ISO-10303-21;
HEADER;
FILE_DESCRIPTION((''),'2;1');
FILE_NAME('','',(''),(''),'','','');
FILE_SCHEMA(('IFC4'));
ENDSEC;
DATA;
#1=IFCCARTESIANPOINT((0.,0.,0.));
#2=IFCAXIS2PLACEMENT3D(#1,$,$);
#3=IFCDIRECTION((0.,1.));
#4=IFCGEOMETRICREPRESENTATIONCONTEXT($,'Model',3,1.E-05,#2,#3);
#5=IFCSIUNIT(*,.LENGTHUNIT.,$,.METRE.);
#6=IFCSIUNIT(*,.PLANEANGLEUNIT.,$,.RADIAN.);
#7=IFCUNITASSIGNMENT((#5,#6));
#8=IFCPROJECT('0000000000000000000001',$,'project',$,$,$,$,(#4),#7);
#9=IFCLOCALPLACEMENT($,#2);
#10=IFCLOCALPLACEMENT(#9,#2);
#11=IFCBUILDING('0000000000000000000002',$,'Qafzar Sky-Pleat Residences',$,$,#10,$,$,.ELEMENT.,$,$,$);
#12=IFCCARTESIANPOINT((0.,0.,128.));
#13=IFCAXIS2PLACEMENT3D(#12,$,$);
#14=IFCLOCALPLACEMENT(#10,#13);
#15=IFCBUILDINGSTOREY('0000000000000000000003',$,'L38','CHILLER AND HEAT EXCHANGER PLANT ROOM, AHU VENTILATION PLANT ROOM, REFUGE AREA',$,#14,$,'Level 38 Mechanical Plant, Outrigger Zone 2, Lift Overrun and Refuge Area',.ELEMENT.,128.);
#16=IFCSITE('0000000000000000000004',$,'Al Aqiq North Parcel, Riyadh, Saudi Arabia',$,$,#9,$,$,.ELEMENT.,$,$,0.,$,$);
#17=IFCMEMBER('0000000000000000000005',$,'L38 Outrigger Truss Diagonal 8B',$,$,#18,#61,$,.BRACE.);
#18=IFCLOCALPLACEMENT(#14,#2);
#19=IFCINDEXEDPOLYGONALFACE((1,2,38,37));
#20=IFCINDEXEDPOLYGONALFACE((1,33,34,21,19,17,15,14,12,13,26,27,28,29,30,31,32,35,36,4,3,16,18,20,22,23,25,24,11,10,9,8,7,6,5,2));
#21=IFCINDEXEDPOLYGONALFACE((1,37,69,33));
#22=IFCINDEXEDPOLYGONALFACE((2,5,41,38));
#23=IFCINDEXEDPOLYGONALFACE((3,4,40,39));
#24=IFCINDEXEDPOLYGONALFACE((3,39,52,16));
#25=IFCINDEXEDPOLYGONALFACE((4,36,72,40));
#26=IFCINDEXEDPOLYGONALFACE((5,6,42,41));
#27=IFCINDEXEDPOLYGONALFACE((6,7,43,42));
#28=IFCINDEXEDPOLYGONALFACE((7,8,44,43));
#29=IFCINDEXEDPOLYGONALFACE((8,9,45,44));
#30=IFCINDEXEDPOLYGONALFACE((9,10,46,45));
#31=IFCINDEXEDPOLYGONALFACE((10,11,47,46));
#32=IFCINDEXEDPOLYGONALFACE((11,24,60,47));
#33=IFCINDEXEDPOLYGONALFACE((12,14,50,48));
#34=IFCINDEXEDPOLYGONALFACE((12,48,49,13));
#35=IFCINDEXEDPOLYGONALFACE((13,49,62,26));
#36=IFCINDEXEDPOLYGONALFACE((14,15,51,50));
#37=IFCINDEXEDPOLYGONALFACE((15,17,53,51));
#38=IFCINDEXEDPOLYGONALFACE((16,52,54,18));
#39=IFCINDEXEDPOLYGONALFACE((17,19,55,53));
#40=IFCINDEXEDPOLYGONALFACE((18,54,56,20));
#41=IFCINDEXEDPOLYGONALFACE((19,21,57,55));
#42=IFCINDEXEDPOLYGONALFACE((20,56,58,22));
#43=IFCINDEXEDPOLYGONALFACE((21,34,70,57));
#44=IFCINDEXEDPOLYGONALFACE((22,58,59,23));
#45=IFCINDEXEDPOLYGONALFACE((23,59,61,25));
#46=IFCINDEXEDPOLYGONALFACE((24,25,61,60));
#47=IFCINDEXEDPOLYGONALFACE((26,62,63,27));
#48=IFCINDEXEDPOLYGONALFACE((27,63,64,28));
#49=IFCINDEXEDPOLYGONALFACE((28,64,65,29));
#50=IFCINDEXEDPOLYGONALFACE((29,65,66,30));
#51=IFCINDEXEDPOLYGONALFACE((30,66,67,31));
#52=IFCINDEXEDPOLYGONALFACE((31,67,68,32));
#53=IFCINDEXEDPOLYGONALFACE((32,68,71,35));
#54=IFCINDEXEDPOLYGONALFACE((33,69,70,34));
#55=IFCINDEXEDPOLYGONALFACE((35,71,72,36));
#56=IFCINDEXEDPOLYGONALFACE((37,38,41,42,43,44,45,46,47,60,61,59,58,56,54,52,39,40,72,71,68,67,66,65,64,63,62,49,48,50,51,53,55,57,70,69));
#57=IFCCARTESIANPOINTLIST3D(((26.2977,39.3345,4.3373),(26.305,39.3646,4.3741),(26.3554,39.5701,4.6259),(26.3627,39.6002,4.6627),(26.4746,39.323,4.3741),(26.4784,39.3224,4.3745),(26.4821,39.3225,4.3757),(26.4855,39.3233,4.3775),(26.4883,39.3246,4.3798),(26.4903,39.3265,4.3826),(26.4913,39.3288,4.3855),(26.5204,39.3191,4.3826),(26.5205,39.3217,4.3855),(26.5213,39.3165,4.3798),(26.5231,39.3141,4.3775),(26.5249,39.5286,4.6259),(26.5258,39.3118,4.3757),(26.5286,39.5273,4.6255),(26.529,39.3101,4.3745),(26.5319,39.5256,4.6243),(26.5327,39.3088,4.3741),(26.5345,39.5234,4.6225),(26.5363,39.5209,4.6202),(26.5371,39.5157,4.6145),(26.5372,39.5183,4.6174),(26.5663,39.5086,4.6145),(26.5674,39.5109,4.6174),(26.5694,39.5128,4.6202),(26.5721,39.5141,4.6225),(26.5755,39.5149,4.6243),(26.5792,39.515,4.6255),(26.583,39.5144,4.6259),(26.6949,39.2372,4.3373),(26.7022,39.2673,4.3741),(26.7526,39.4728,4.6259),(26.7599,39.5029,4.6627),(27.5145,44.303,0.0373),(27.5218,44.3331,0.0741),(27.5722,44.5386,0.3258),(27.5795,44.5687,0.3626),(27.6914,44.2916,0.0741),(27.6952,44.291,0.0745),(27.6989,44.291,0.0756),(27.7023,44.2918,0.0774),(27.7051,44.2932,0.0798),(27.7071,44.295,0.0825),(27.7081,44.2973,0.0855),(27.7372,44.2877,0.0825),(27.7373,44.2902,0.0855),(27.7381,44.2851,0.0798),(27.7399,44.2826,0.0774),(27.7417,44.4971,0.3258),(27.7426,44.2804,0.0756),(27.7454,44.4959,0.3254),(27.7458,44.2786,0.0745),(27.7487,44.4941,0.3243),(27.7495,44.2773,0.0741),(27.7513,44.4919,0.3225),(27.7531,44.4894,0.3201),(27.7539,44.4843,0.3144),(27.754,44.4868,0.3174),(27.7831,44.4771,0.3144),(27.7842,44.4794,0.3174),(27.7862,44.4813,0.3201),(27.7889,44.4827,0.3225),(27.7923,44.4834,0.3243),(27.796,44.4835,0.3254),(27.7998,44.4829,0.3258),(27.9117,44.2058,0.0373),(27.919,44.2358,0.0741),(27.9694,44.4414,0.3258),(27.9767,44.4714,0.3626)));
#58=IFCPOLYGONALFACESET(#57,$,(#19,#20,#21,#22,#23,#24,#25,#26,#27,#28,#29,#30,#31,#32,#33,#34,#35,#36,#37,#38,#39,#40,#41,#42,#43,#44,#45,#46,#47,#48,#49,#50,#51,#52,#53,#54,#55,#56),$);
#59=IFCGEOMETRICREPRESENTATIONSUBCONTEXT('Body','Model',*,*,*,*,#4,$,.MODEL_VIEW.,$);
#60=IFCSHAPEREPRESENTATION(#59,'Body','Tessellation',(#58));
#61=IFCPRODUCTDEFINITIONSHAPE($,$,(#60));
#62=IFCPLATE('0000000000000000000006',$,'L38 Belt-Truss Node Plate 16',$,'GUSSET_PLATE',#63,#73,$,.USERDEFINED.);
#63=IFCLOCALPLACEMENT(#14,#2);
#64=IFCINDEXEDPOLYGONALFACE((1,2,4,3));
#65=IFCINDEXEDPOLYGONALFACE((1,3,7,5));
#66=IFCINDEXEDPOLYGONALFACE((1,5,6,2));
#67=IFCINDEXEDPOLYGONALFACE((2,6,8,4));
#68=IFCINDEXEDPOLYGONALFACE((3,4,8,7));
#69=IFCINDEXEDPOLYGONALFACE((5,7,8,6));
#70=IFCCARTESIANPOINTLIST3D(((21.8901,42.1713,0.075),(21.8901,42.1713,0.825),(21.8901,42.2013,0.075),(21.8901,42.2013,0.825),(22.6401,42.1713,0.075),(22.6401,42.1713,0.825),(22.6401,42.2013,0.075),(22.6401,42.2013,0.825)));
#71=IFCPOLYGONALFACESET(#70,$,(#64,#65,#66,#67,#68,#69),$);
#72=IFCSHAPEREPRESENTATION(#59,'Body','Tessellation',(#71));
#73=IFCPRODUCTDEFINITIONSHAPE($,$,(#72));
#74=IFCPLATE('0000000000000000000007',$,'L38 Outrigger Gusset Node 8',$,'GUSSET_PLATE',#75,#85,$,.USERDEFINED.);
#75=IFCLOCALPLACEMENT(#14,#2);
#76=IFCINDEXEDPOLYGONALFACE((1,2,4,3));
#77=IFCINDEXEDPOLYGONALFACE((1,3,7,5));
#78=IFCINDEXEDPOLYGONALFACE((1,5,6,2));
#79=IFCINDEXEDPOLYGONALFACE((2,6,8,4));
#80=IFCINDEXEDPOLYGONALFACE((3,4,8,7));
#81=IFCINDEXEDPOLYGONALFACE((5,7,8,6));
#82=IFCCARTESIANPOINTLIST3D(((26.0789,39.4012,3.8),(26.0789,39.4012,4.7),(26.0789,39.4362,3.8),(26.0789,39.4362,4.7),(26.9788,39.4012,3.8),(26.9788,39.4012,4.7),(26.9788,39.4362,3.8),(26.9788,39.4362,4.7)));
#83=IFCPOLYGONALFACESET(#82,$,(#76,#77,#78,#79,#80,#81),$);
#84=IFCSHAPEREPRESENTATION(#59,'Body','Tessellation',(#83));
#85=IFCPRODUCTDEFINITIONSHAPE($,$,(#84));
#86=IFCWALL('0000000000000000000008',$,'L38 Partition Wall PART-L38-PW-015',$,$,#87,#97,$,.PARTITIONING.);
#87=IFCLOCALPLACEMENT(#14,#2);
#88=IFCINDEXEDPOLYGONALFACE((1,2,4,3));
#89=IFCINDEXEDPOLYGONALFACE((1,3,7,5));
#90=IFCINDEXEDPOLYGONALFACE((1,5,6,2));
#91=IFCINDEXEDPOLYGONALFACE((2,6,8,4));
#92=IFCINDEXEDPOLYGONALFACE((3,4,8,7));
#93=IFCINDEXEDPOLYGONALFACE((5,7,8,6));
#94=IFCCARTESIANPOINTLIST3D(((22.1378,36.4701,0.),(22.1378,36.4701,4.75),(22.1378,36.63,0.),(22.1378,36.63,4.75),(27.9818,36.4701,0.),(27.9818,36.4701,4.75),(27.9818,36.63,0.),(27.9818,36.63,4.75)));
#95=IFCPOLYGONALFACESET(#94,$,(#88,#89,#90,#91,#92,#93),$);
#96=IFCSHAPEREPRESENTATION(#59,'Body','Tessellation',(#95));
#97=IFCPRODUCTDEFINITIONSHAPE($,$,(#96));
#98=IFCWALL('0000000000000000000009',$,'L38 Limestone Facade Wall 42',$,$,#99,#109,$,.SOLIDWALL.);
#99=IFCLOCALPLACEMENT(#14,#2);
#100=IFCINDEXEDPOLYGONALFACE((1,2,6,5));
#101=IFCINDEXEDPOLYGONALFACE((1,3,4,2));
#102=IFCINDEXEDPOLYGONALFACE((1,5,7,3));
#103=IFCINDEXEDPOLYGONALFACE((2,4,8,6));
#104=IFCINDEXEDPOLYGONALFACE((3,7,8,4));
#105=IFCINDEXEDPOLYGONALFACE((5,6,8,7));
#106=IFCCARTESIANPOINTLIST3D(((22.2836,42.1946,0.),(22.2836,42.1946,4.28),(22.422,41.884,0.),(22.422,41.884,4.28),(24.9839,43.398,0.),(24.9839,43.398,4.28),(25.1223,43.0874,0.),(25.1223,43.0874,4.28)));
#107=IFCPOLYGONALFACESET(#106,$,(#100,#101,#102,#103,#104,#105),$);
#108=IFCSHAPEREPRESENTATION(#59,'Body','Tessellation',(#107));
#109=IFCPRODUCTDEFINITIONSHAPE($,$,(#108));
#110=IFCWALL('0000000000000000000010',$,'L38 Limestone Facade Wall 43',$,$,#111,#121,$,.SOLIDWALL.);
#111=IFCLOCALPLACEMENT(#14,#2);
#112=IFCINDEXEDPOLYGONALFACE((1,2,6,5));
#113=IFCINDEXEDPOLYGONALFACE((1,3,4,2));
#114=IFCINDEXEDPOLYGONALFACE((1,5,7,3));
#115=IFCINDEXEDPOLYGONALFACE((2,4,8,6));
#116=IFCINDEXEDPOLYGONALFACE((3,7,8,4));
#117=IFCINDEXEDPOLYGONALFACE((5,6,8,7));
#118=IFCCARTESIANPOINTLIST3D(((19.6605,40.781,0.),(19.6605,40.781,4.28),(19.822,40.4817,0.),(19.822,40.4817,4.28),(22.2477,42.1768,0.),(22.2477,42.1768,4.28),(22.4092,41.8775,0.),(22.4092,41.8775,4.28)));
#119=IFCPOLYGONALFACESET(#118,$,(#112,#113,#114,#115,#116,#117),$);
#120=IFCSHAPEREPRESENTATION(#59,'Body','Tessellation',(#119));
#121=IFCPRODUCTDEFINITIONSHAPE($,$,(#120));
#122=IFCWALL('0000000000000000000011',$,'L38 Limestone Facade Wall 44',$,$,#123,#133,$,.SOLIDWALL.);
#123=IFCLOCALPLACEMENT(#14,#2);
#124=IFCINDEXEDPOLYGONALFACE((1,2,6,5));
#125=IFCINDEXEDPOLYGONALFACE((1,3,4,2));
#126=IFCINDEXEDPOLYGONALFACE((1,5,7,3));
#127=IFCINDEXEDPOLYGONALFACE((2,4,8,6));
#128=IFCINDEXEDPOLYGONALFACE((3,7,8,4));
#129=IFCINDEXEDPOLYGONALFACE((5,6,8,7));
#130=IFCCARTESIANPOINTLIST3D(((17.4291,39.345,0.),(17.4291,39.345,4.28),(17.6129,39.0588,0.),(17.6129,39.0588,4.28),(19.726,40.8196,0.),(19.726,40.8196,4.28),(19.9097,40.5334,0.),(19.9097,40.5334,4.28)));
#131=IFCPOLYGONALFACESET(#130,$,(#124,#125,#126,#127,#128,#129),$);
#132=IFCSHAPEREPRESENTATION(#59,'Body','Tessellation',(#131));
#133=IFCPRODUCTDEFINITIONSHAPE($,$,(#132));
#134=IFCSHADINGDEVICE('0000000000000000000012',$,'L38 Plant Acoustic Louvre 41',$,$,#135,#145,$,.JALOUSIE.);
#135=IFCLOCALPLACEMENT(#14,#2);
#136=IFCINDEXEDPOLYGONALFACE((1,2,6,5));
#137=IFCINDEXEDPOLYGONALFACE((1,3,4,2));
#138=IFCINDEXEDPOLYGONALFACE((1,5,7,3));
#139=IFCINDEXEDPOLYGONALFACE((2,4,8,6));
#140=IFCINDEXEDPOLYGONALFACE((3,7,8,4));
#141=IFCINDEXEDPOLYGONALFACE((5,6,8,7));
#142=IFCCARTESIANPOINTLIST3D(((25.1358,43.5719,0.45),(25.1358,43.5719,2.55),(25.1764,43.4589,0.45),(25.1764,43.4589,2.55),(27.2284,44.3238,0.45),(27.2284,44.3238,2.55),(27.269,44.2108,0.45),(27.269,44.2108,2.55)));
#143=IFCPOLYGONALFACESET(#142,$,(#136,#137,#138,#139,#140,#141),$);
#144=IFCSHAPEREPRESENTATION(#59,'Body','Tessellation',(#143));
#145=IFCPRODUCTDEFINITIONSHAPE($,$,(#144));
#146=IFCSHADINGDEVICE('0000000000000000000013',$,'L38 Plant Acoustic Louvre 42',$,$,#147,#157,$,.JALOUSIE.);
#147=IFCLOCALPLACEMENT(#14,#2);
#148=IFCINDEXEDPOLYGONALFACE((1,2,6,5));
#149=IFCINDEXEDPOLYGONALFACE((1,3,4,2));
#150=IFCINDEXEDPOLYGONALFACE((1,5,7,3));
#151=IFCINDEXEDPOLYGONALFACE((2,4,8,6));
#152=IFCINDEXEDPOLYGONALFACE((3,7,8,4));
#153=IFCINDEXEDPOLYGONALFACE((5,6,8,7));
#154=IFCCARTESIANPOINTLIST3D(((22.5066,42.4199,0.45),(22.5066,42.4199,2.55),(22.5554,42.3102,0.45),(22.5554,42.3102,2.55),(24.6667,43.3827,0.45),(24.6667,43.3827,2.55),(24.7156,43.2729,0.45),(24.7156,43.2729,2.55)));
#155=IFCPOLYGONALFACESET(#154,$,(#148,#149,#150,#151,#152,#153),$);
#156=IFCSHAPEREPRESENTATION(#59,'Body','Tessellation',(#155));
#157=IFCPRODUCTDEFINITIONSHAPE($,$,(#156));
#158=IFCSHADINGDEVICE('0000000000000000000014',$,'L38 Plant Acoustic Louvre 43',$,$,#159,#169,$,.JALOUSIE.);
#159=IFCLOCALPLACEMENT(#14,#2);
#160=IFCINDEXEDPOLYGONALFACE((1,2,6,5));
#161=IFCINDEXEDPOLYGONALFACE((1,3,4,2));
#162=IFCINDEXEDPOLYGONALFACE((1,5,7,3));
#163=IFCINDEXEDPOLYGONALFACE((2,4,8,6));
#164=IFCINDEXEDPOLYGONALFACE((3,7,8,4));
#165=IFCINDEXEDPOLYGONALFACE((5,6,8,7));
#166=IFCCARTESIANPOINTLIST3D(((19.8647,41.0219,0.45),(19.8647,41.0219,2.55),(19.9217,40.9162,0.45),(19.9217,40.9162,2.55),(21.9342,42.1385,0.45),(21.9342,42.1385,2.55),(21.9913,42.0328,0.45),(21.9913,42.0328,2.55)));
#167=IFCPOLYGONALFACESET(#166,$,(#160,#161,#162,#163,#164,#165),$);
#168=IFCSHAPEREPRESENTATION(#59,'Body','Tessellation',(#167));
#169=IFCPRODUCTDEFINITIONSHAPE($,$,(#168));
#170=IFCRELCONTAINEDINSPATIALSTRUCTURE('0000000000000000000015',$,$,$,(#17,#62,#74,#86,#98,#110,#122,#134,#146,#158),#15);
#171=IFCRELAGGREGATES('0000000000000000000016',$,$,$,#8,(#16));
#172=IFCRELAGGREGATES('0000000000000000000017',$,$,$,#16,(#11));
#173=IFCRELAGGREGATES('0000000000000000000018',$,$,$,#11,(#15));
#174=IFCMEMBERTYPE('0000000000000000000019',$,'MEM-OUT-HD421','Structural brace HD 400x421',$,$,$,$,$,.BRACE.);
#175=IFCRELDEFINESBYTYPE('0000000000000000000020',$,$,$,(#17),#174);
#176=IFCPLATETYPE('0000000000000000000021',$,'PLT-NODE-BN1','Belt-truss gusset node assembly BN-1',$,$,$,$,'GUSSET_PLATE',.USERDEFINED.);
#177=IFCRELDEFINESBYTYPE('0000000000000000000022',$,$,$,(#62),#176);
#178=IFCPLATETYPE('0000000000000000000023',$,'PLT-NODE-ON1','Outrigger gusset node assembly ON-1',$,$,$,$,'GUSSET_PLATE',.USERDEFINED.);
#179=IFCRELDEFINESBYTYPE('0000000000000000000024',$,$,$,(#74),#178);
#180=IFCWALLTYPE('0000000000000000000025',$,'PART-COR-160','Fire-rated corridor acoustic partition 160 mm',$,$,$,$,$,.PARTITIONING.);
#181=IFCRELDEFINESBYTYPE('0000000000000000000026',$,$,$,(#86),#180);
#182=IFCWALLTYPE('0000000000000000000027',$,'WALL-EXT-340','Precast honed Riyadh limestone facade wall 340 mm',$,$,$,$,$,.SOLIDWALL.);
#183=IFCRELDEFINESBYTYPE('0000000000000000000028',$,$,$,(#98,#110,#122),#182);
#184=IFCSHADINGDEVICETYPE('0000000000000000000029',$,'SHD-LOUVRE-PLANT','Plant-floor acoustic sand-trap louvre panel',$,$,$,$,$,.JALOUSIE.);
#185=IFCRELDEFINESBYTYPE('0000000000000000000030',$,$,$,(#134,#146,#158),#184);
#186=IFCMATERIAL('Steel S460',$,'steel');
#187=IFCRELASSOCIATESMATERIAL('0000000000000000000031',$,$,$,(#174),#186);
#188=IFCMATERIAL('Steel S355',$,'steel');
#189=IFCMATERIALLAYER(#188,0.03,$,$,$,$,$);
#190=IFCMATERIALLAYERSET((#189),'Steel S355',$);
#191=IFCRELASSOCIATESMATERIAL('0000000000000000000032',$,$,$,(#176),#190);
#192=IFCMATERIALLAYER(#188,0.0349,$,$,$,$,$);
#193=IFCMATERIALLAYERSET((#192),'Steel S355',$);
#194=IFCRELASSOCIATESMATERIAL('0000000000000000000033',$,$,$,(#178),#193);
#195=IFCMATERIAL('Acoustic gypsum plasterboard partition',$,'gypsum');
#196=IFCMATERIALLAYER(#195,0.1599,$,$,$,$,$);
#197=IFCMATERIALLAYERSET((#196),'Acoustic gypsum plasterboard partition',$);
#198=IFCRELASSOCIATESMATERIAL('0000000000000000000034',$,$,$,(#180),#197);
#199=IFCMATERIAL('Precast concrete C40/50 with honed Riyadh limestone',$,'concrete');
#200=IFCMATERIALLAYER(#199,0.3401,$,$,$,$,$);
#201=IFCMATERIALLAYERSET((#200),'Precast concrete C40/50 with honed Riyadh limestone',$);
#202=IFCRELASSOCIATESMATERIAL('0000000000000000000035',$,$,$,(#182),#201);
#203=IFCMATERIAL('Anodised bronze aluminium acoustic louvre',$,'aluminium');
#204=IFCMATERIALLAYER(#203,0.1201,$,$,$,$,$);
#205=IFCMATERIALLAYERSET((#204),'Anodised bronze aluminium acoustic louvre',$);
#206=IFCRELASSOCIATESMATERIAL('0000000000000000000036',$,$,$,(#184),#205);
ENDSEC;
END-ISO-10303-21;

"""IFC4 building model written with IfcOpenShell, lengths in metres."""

from ifc_helpers import new_model, si_unit, direction, frame, frame_2d, origin, origin_2d, place, context, subcontext, project, spatial, rectangle, i_section, extrude, source, transform, mapped, material, layer, layer_set, material_profile, profile_set, type_object, element, save


model = new_model("IFC4")

# Units and contexts
model_context = context("Model", 3, precision=1e-05, world=origin(), true_north=direction((0.0, 1.0)))
body_context = subcontext(model_context, "Body", "Model", "MODEL_VIEW")
ifc_project = project(units=[si_unit("LENGTHUNIT", "METRE"), si_unit("PLANEANGLEUNIT", "RADIAN")], contexts=[model_context])

# Site, building, storey
site_placement = place(None, origin())
site = spatial("IfcSite", under=ifc_project, at=site_placement, Name="Al Aqiq North Parcel, Riyadh, Saudi Arabia", CompositionType="ELEMENT", RefElevation=0.0)
building_placement = place(site_placement, origin())
building = spatial("IfcBuilding", under=site, at=building_placement, Name="Qafzar Sky-Pleat Residences", CompositionType="ELEMENT")
storey_placement = place(building_placement, frame((0.0, 0.0, 128.0)))
storey = spatial("IfcBuildingStorey", under=building, at=storey_placement, Name="L38", Description="CHILLER AND HEAT EXCHANGER PLANT ROOM, AHU VENTILATION PLANT ROOM, REFUGE AREA", LongName="Level 38 Mechanical Plant, Outrigger Zone 2, Lift Overrun and Refuge Area", CompositionType="ELEMENT", Elevation=128.0)

# Shared definitions
ifc_material_1 = material(Name="Steel S460", Category="steel")

# Shared definitions
ifc_material_2 = material(Name="Steel S355", Category="steel")

# Member
ifc_material_profile_1 = material_profile(ifc_material_1, i_section(OverallWidth=0.4089, OverallDepth=0.425, WebThickness=0.03, FlangeThickness=0.0481, FilletRadius=0.0149, at=origin_2d()), Name="HD 400x421")
ifc_profile_set_1 = profile_set([ifc_material_profile_1], Name="Steel S460")
member_type_1 = type_object("IfcMemberType", Name="MEM-OUT-HD421", Description="Structural brace HD 400x421", PredefinedType="BRACE", material=ifc_profile_set_1)
shared_shape_1 = source(origin(), body_context, "Body", "SweptSolid", [
    extrude(i_section(OverallWidth=0.4089, OverallDepth=0.425, WebThickness=0.03, FlangeThickness=0.0481, FilletRadius=0.0149, at=origin_2d()), origin(), (0.0, 0.0, 1.0), 6.6826),
])
for number, where, z_axis, x_axis, name in (
    (1, (26.5288, 39.4187, 4.5), (0.182085, 0.7435, -0.64347), (-0.971296, 0.237872, 0.0), "L38 Outrigger Truss Diagonal 8B"),
):
    element("IfcMember", number, at=place(storey_placement, frame(where, z_axis=z_axis, x_axis=x_axis)), inside=storey, type_object=member_type_1, Name=name, PredefinedType="BRACE", context=body_context, shape_type="MappedRepresentation", body=[
        mapped(shared_shape_1, transform((0.0, 0.0, 0.0), x_axis=(1.0, 0.0, 0.0), y_axis=(0.0, 1.0, 0.0), z_axis=(0.0, 0.0, 1.0), scale=1.0)),
    ])

# Plates
ifc_layer_1 = layer(ifc_material_2, 0.03)
ifc_layer_set_1 = layer_set([ifc_layer_1], Name="Steel S355")
plate_type_1 = type_object("IfcPlateType", Name="PLT-NODE-BN1", Description="Belt-truss gusset node assembly BN-1", ElementType="GUSSET_PLATE", PredefinedType="USERDEFINED", material=ifc_layer_set_1)
shared_shape_2 = source(origin(), body_context, "Body", "SweptSolid", [
    extrude(rectangle(XDim=0.75, YDim=0.03, at=origin_2d()), origin(), (0.0, 0.0, 1.0), 0.75),
])
plate_1_placement = place(storey_placement, frame((22.2651, 42.1863, 0.075), z_axis=(0.0, 0.0, 1.0), x_axis=(1.0, 0.0, 0.0)))
element("IfcPlate", 2, at=plate_1_placement, inside=storey, type_object=plate_type_1, Name="L38 Belt-Truss Node Plate 16", ObjectType="GUSSET_PLATE", PredefinedType="USERDEFINED", context=body_context, shape_type="MappedRepresentation", body=[
    mapped(shared_shape_2, transform((0.0, 0.0, 0.0), x_axis=(1.0, 0.0, 0.0), y_axis=(0.0, 1.0, 0.0), z_axis=(0.0, 0.0, 1.0), scale=1.0)),
])
ifc_layer_2 = layer(ifc_material_2, 0.0349)
ifc_layer_set_2 = layer_set([ifc_layer_2], Name="Steel S355")
plate_type_2 = type_object("IfcPlateType", Name="PLT-NODE-ON1", Description="Outrigger gusset node assembly ON-1", ElementType="GUSSET_PLATE", PredefinedType="USERDEFINED", material=ifc_layer_set_2)
shared_shape_3 = source(origin(), body_context, "Body", "SweptSolid", [
    extrude(rectangle(XDim=0.8999, YDim=0.0349, at=origin_2d()), origin(), (0.0, 0.0, 1.0), 0.8999),
])
plate_2_placement = place(storey_placement, frame((26.5288, 39.4187, 3.8), z_axis=(0.0, 0.0, 1.0), x_axis=(1.0, 0.0, 0.0)))
element("IfcPlate", 3, at=plate_2_placement, inside=storey, type_object=plate_type_2, Name="L38 Outrigger Gusset Node 8", ObjectType="GUSSET_PLATE", PredefinedType="USERDEFINED", context=body_context, shape_type="MappedRepresentation", body=[
    mapped(shared_shape_3, transform((0.0, 0.0, 0.0), x_axis=(1.0, 0.0, 0.0), y_axis=(0.0, 1.0, 0.0), z_axis=(0.0, 0.0, 1.0), scale=1.0)),
])

# Walls
ifc_material_3 = material(Name="Acoustic gypsum plasterboard partition", Category="gypsum")
ifc_layer_3 = layer(ifc_material_3, 0.1599)
ifc_layer_set_3 = layer_set([ifc_layer_3], Name="Acoustic gypsum plasterboard partition")
wall_type_1 = type_object("IfcWallType", Name="PART-COR-160", Description="Fire-rated corridor acoustic partition 160 mm", PredefinedType="PARTITIONING", material=ifc_layer_set_3)
wall_1_placement = place(storey_placement, frame((22.1379, 36.55, 0.0), z_axis=(0.0, 0.0, 1.0), x_axis=(1.0, 0.0, 0.0)))
element("IfcWall", 4, at=wall_1_placement, inside=storey, type_object=wall_type_1, Name="L38 Partition Wall PART-L38-PW-015", PredefinedType="PARTITIONING", context=body_context, shape_type="SweptSolid", body=[
    extrude(rectangle(XDim=5.844, YDim=0.1599, at=frame_2d((2.9219, 0.0))), origin(), (0.0, 0.0, 1.0), 4.75),
])
ifc_material_4 = material(Name="Precast concrete C40/50 with honed Riyadh limestone", Category="concrete")
ifc_layer_4 = layer(ifc_material_4, 0.3401)
ifc_layer_set_4 = layer_set([ifc_layer_4], Name="Precast concrete C40/50 with honed Riyadh limestone")
wall_type_2 = type_object("IfcWallType", Name="WALL-EXT-340", Description="Precast honed Riyadh limestone facade wall 340 mm", PredefinedType="SOLIDWALL", material=ifc_layer_set_4)
wall_2_placement = place(storey_placement, frame((25.053, 43.2427, 0.0), z_axis=(0.0, 0.0, 1.0), x_axis=(-0.913399, -0.407065, 0.0)))
element("IfcWall", 5, at=wall_2_placement, inside=storey, type_object=wall_type_2, Name="L38 Limestone Facade Wall 42", PredefinedType="SOLIDWALL", context=body_context, shape_type="SweptSolid", body=[
    extrude(rectangle(XDim=2.9563, YDim=0.3401, at=frame_2d((1.478, 0.0))), origin(), (0.0, 0.0, 1.0), 4.28),
])
wall_3_placement = place(storey_placement, frame((22.3284, 42.0271, 0.0), z_axis=(0.0, 0.0, 1.0), x_axis=(-0.880092, -0.474803, 0.0)))
element("IfcWall", 6, at=wall_3_placement, inside=storey, type_object=wall_type_2, Name="L38 Limestone Facade Wall 43", PredefinedType="SOLIDWALL", context=body_context, shape_type="SweptSolid", body=[
    extrude(rectangle(XDim=2.9397, YDim=0.3401, at=frame_2d((1.4697, 0.0))), origin(), (0.0, 0.0, 1.0), 4.28),
])
wall_4_placement = place(storey_placement, frame((19.8179, 40.6765, 0.0), z_axis=(0.0, 0.0, 1.0), x_axis=(-0.841504, -0.540251, 0.0)))
element("IfcWall", 7, at=wall_4_placement, inside=storey, type_object=wall_type_2, Name="L38 Limestone Facade Wall 44", PredefinedType="SOLIDWALL", context=body_context, shape_type="SweptSolid", body=[
    extrude(rectangle(XDim=2.7295, YDim=0.3401, at=frame_2d((1.3647, 0.0))), origin(), (0.0, 0.0, 1.0), 4.28),
])

# Shading devices
ifc_material_5 = material(Name="Anodised bronze aluminium acoustic louvre", Category="aluminium")
ifc_layer_5 = layer(ifc_material_5, 0.1201)
ifc_layer_set_5 = layer_set([ifc_layer_5], Name="Anodised bronze aluminium acoustic louvre")
shading_device_type = type_object("IfcShadingDeviceType", Name="SHD-LOUVRE-PLANT", Description="Plant-floor acoustic sand-trap louvre panel", PredefinedType="JALOUSIE", material=ifc_layer_set_5)
shared_shape_4 = source(origin(), body_context, "Body", "SweptSolid", [
    extrude(rectangle(XDim=2.2236, YDim=0.1201, at=origin_2d()), origin(), (0.0, 0.0, 1.0), 2.1001),
])
shading_device_1_placement = place(storey_placement, frame((26.2024, 43.8914, 0.45), z_axis=(0.0, 0.0, 1.0), x_axis=(-0.941092, -0.33815, 0.0)))
element("IfcShadingDevice", 8, at=shading_device_1_placement, inside=storey, type_object=shading_device_type, Name="L38 Plant Acoustic Louvre 41", PredefinedType="JALOUSIE", context=body_context, shape_type="MappedRepresentation", body=[
    mapped(shared_shape_4, transform((0.0, 0.0, 0.0), x_axis=(1.0, 0.0, 0.0), y_axis=(0.0, 1.0, 0.0), z_axis=(0.0, 0.0, 1.0), scale=1.0)),
])
shared_shape_5 = source(origin(), body_context, "Body", "SweptSolid", [
    extrude(rectangle(XDim=2.365, YDim=0.1201, at=origin_2d()), origin(), (0.0, 0.0, 1.0), 2.1001),
])
shading_device_2_placement = place(storey_placement, frame((23.6111, 42.8464, 0.45), z_axis=(0.0, 0.0, 1.0), x_axis=(-0.913395, -0.407074, 0.0)))
element("IfcShadingDevice", 9, at=shading_device_2_placement, inside=storey, type_object=shading_device_type, Name="L38 Plant Acoustic Louvre 42", PredefinedType="JALOUSIE", context=body_context, shape_type="MappedRepresentation", body=[
    mapped(shared_shape_5, transform((0.0, 0.0, 0.0), x_axis=(1.0, 0.0, 0.0), y_axis=(0.0, 1.0, 0.0), z_axis=(0.0, 0.0, 1.0), scale=1.0)),
])
shared_shape_6 = source(origin(), body_context, "Body", "SweptSolid", [
    extrude(rectangle(XDim=2.3516, YDim=0.1201, at=origin_2d()), origin(), (0.0, 0.0, 1.0), 2.1001),
])
shading_device_3_placement = place(storey_placement, frame((20.928, 41.5273, 0.45), z_axis=(0.0, 0.0, 1.0), x_axis=(-0.880073, -0.474838, 0.0)))
element("IfcShadingDevice", 10, at=shading_device_3_placement, inside=storey, type_object=shading_device_type, Name="L38 Plant Acoustic Louvre 43", PredefinedType="JALOUSIE", context=body_context, shape_type="MappedRepresentation", body=[
    mapped(shared_shape_6, transform((0.0, 0.0, 0.0), x_axis=(1.0, 0.0, 0.0), y_axis=(0.0, 1.0, 0.0), z_axis=(0.0, 0.0, 1.0), scale=1.0)),
])

save(model, "model.ifc")
